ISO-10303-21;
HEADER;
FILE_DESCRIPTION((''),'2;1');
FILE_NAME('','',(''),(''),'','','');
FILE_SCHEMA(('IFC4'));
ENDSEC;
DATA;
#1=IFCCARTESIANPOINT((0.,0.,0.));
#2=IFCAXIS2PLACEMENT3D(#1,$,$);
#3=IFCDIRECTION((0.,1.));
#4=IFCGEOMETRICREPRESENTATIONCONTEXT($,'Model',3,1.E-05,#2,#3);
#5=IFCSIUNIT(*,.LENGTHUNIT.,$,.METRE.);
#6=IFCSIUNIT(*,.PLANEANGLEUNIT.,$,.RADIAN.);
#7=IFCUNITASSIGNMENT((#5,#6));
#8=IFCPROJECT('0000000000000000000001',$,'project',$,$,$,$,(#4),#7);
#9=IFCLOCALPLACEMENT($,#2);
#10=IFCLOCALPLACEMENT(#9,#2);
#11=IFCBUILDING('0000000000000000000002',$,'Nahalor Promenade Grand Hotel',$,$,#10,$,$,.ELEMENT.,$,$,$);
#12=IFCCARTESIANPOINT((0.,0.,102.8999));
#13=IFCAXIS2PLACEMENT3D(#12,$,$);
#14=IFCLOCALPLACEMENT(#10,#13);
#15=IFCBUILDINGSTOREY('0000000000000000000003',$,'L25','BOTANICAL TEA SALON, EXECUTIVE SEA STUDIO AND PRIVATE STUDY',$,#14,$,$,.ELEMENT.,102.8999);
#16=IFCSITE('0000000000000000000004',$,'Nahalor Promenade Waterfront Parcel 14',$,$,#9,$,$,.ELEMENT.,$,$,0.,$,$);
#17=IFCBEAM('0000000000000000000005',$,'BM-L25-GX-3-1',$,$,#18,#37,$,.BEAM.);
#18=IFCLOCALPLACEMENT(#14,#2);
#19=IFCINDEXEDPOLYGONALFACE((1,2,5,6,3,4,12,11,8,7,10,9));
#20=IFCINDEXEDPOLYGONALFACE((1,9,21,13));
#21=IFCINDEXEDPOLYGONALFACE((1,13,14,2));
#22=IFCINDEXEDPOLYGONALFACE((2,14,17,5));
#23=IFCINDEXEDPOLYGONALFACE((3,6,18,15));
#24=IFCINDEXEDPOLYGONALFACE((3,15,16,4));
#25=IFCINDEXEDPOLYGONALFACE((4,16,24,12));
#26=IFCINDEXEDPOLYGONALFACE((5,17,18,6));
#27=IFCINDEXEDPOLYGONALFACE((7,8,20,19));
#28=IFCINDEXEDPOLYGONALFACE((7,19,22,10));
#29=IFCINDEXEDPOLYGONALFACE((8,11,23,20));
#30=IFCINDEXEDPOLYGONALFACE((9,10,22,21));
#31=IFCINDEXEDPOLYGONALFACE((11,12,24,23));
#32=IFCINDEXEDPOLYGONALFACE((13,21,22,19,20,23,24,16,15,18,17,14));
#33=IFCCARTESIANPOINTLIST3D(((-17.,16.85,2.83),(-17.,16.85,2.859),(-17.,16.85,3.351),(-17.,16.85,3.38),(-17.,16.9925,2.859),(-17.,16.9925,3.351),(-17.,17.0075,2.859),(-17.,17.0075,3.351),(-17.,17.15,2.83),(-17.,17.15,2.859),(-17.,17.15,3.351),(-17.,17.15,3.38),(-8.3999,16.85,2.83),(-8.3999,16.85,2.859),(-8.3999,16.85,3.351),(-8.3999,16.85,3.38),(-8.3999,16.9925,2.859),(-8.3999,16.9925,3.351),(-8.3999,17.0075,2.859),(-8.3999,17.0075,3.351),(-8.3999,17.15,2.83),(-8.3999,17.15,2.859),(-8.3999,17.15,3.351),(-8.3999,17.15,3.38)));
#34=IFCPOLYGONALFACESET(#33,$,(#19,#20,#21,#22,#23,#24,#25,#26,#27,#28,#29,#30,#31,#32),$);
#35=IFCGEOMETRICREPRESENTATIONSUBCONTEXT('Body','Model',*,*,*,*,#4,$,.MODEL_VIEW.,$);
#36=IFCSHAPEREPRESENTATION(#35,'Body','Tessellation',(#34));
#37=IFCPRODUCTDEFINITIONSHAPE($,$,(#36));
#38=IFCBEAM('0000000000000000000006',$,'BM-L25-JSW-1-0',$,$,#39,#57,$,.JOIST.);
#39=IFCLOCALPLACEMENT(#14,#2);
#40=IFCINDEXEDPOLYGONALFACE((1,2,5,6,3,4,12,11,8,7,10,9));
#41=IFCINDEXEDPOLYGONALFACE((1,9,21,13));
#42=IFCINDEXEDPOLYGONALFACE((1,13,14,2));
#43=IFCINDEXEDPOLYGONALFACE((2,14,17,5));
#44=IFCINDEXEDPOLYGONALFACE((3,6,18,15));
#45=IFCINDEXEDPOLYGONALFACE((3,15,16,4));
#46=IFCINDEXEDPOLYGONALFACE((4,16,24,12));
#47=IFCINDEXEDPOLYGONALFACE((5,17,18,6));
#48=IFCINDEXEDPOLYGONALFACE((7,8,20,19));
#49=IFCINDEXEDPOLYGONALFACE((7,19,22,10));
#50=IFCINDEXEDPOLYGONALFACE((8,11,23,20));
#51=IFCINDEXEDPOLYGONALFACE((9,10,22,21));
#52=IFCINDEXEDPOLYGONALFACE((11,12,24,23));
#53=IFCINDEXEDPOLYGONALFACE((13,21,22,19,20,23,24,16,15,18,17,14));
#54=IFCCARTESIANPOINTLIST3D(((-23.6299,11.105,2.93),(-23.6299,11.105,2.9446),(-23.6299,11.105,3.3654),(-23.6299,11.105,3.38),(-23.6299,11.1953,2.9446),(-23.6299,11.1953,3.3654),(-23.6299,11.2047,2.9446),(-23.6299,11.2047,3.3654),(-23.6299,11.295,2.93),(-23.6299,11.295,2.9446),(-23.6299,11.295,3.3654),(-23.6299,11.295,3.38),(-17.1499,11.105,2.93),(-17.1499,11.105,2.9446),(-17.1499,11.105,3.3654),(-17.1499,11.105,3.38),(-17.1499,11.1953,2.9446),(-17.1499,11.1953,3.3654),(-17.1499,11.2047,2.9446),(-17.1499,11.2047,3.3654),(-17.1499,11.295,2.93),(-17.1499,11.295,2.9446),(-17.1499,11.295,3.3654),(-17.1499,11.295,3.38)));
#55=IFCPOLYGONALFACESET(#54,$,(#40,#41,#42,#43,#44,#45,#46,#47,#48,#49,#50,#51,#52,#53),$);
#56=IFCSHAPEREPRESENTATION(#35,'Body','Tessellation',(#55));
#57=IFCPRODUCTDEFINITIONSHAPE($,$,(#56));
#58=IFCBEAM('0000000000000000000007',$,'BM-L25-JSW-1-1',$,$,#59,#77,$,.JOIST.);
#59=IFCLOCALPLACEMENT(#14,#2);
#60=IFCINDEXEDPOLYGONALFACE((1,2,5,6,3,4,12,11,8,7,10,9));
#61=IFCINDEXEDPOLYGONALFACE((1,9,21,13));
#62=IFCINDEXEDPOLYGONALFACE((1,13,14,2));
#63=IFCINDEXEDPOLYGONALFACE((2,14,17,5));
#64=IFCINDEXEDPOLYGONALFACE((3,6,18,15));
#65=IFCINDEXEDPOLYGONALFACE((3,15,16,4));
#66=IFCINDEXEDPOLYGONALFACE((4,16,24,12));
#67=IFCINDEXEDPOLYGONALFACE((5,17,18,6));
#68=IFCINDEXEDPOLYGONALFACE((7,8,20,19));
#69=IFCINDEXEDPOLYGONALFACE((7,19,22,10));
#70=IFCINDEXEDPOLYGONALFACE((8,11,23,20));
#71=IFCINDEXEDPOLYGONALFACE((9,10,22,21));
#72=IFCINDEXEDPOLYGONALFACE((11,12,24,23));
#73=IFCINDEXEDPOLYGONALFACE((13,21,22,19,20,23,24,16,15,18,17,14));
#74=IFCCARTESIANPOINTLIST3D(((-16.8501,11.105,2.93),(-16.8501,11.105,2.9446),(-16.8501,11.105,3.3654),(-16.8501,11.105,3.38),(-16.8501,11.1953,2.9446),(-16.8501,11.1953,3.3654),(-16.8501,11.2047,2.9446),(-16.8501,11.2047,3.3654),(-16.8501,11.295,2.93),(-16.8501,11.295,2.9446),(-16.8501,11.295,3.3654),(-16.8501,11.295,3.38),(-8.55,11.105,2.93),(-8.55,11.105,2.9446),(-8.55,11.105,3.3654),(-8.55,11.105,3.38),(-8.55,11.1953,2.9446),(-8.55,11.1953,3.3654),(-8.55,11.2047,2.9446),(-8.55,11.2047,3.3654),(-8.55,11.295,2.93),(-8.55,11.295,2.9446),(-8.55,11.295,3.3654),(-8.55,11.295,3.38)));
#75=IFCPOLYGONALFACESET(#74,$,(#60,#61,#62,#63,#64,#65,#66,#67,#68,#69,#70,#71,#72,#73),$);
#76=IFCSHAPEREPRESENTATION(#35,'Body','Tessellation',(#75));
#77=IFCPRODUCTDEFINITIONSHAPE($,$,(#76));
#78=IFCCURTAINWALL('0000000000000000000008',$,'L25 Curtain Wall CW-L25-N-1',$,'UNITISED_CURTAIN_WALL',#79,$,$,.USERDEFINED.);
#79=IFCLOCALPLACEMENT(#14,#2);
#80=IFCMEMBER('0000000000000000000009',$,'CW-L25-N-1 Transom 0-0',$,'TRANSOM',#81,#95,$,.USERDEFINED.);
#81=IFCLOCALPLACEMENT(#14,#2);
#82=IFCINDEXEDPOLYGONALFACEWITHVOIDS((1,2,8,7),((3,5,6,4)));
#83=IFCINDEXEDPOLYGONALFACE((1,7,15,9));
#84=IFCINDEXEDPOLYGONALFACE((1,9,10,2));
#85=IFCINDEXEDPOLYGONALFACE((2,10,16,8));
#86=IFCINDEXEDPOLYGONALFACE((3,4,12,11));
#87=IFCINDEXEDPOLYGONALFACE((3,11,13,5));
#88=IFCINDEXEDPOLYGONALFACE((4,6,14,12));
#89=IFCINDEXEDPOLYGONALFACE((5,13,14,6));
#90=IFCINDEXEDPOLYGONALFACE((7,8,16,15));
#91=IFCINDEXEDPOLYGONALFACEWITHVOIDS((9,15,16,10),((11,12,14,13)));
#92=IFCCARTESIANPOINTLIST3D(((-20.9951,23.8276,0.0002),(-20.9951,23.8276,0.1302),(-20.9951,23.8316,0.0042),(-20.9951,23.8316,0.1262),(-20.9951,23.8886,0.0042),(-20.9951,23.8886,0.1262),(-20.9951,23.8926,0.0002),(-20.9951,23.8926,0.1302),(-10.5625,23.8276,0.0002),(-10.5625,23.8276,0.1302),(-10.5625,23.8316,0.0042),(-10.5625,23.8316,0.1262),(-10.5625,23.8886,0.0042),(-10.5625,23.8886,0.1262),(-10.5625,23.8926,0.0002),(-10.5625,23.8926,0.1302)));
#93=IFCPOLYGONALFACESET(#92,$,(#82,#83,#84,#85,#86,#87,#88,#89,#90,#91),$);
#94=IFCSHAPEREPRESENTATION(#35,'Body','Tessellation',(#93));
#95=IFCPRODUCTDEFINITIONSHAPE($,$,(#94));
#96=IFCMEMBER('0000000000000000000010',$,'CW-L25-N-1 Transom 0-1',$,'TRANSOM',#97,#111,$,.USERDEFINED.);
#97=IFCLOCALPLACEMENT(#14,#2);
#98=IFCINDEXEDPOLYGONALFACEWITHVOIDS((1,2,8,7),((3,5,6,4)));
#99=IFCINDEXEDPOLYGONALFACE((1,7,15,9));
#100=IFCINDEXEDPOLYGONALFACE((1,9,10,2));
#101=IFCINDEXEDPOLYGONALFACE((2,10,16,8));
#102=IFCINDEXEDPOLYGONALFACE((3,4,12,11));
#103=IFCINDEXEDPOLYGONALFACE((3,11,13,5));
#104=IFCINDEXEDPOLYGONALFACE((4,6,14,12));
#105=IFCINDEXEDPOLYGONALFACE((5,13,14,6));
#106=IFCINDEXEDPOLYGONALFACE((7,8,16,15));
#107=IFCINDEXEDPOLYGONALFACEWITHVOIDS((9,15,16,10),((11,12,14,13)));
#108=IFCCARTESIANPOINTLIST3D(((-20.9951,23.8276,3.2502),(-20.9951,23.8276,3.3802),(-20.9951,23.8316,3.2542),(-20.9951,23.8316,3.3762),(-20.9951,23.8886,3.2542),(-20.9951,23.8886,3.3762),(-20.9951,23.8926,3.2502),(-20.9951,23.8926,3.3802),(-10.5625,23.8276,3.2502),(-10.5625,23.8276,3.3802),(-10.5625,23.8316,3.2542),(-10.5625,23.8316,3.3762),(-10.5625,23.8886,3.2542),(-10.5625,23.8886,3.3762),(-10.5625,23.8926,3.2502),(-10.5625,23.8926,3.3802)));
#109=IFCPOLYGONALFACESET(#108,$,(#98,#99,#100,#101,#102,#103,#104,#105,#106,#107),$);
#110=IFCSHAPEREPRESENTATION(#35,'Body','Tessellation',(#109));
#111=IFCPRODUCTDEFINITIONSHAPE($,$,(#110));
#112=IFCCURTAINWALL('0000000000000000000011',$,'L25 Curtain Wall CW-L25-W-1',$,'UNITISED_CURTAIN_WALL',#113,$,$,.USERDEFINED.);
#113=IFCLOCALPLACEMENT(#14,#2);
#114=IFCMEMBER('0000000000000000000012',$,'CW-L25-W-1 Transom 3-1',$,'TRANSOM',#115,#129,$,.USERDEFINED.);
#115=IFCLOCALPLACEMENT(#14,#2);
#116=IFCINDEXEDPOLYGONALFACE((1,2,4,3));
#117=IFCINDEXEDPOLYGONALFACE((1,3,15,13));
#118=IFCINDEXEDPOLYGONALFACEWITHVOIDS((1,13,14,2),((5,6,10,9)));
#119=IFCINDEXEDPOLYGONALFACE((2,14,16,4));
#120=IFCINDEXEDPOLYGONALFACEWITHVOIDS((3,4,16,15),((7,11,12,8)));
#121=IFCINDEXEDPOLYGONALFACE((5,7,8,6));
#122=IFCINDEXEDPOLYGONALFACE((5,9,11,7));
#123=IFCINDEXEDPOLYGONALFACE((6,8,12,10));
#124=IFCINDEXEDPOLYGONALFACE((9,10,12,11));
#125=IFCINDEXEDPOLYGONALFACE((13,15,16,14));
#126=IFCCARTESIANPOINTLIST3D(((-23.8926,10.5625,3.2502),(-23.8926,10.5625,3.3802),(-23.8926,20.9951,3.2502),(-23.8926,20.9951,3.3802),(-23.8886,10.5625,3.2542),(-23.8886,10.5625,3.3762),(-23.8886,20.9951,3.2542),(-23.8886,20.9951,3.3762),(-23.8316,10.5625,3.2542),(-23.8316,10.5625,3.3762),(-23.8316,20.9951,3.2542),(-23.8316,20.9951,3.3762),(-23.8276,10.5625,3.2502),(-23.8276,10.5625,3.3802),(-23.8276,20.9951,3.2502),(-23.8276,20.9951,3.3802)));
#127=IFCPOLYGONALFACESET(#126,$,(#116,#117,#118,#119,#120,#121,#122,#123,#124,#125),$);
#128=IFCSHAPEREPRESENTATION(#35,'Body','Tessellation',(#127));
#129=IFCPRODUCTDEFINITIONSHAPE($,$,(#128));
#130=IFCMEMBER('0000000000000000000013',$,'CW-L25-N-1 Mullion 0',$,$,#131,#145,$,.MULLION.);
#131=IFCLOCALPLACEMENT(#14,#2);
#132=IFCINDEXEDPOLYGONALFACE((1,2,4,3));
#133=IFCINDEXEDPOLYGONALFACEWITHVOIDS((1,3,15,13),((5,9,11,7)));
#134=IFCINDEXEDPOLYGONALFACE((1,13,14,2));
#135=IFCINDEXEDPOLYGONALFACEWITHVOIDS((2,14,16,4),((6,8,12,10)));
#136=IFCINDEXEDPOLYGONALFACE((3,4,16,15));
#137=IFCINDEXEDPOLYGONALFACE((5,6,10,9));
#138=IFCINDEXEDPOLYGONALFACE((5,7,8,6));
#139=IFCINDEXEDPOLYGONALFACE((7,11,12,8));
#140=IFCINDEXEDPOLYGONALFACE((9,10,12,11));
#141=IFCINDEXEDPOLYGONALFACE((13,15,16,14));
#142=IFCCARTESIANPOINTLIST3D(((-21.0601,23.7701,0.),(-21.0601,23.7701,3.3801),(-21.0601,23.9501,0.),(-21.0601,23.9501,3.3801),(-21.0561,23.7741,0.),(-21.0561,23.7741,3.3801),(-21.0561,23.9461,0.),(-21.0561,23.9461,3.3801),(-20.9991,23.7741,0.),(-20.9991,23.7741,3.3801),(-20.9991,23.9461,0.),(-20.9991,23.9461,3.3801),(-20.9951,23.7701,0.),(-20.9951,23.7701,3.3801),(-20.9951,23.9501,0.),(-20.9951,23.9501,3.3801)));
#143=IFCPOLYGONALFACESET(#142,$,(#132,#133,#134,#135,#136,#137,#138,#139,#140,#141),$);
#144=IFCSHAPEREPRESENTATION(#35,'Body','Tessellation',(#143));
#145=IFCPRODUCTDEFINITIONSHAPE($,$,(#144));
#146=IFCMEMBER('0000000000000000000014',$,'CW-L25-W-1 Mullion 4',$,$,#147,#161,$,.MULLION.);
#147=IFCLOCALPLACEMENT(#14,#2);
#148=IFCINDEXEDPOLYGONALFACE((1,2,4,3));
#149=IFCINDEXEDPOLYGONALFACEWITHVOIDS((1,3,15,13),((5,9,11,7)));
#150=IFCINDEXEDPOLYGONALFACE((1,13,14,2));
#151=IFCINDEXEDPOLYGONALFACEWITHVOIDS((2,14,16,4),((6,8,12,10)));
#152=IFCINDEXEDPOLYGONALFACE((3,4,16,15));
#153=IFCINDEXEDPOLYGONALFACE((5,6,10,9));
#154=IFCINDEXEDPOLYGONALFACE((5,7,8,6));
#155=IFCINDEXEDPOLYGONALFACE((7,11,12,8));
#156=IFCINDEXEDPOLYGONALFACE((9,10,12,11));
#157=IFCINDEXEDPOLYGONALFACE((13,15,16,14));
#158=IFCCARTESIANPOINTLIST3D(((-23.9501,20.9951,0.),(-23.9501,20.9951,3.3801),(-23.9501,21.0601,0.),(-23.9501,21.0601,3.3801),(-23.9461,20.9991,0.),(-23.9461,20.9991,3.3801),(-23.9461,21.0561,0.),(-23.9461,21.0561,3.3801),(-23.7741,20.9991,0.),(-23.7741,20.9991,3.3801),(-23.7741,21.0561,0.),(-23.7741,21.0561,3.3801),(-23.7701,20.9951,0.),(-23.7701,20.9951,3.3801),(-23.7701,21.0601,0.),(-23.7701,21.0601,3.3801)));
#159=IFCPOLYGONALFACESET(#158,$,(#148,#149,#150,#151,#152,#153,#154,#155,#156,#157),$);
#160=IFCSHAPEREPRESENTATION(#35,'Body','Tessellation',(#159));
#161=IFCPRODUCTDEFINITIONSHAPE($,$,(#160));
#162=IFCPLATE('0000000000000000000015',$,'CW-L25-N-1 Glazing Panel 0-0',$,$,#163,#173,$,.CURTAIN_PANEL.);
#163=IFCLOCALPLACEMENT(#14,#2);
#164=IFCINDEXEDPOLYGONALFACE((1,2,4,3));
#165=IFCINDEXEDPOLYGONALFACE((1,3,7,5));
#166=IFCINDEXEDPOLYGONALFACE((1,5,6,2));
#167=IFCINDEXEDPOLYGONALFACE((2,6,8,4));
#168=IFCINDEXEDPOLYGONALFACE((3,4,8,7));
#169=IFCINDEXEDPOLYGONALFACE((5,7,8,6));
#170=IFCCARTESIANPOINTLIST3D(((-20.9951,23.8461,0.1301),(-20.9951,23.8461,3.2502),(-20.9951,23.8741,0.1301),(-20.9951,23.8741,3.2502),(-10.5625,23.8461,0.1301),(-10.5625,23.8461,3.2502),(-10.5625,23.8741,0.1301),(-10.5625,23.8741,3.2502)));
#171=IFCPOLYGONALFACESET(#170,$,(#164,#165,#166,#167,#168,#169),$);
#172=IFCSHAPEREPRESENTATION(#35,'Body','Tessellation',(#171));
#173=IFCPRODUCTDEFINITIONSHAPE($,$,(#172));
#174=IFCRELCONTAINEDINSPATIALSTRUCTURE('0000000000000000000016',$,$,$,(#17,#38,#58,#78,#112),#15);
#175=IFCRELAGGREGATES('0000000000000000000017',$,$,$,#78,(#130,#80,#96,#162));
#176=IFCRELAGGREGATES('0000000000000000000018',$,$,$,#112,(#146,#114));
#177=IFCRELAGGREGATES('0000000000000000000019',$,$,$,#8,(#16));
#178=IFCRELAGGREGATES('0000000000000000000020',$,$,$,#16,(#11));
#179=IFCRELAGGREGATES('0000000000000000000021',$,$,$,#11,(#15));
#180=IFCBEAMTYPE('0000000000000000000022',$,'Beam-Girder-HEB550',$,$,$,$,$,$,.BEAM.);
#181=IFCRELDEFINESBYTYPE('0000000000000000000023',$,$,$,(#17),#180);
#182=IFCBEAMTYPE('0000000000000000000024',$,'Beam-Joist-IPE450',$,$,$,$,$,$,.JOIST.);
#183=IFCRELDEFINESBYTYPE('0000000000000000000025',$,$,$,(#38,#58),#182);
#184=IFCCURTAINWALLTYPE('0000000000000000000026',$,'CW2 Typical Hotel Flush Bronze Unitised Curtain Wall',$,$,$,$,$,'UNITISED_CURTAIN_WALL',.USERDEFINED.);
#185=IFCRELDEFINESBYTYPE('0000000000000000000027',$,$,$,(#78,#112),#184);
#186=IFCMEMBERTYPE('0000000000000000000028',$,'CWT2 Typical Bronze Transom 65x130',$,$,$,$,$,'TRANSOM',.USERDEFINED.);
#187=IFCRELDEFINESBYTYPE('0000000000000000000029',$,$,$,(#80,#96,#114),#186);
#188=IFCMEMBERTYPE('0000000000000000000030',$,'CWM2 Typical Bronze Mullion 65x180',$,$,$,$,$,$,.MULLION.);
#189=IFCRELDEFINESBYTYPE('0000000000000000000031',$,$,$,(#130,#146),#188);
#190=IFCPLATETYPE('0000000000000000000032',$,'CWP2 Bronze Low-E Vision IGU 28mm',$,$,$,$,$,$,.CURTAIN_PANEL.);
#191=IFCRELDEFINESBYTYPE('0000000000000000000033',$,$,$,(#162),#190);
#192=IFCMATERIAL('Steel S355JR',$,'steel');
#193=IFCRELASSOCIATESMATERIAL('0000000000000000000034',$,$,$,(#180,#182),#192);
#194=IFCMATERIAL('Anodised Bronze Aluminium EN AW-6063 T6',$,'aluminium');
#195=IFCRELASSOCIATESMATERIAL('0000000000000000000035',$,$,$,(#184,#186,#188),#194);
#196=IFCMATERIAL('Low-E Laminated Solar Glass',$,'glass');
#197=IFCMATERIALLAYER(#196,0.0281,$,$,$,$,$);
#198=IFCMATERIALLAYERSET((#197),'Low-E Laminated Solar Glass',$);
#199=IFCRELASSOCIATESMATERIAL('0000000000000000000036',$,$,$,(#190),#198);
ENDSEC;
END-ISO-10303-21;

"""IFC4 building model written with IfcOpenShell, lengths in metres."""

from ifc_helpers import new_model, si_unit, direction, frame, origin, origin_2d, place, context, subcontext, project, spatial, rectangle, hollow_rectangle, i_section, extrude, source, transform, mapped, material, layer, layer_set, material_profile, profile_set, type_object, element, aggregate, save


model = new_model("IFC4")

# Units and contexts
model_context = context("Model", 3, precision=1e-05, world=origin(), true_north=direction((0.0, 1.0)))
body_context = subcontext(model_context, "Body", "Model", "MODEL_VIEW")
ifc_project = project(units=[si_unit("LENGTHUNIT", "METRE"), si_unit("PLANEANGLEUNIT", "RADIAN")], contexts=[model_context])

# Site, building, storey
site_placement = place(None, origin())
site = spatial("IfcSite", under=ifc_project, at=site_placement, Name="Nahalor Promenade Waterfront Parcel 14", CompositionType="ELEMENT", RefElevation=0.0)
building_placement = place(site_placement, origin())
building = spatial("IfcBuilding", under=site, at=building_placement, Name="Nahalor Promenade Grand Hotel", CompositionType="ELEMENT")
storey_placement = place(building_placement, frame((0.0, 0.0, 102.8999)))
storey = spatial("IfcBuildingStorey", under=building, at=storey_placement, Name="L25", Description="BOTANICAL TEA SALON, EXECUTIVE SEA STUDIO AND PRIVATE STUDY", CompositionType="ELEMENT", Elevation=102.8999)

# Beams
ifc_material_1 = material(Name="Steel S355JR", Category="steel")
ifc_material_profile_1 = material_profile(ifc_material_1, i_section(OverallWidth=0.3, OverallDepth=0.55, WebThickness=0.015, FlangeThickness=0.029, at=origin_2d()), Name="HEB 550")
ifc_profile_set_1 = profile_set([ifc_material_profile_1], Name="Steel S355JR")
beam_type_1 = type_object("IfcBeamType", Name="Beam-Girder-HEB550", PredefinedType="BEAM", material=ifc_profile_set_1)
shared_shape_1 = source(origin(), body_context, "Body", "SweptSolid", [
    extrude(i_section(OverallWidth=0.3, OverallDepth=0.55, WebThickness=0.015, FlangeThickness=0.029, at=origin_2d()), origin(), (0.0, 0.0, 1.0), 8.6001),
])
beam_1_placement = place(storey_placement, frame((-17.0, 17.0, 3.105), z_axis=(1.0, 0.0, 0.0), x_axis=(0.0, 1.0, 0.0)))
element("IfcBeam", 1, at=beam_1_placement, inside=storey, type_object=beam_type_1, Name="BM-L25-GX-3-1", PredefinedType="BEAM", context=body_context, shape_type="MappedRepresentation", body=[
    mapped(shared_shape_1, transform((0.0, 0.0, 0.0), scale=1.0)),
])
ifc_material_profile_2 = material_profile(ifc_material_1, i_section(OverallWidth=0.19, OverallDepth=0.45, WebThickness=0.0094, FlangeThickness=0.0146, at=origin_2d()), Name="IPE 450")
ifc_profile_set_2 = profile_set([ifc_material_profile_2], Name="Steel S355JR")
beam_type_2 = type_object("IfcBeamType", Name="Beam-Joist-IPE450", PredefinedType="JOIST", material=ifc_profile_set_2)
shared_shape_2 = source(origin(), body_context, "Body", "SweptSolid", [
    extrude(i_section(OverallWidth=0.19, OverallDepth=0.45, WebThickness=0.0094, FlangeThickness=0.0146, at=origin_2d()), origin(), (0.0, 0.0, 1.0), 6.48),
])
beam_2_placement = place(storey_placement, frame((-23.6299, 11.2, 3.155), z_axis=(1.0, 0.0, 0.0), x_axis=(0.0, 1.0, 0.0)))
element("IfcBeam", 2, at=beam_2_placement, inside=storey, type_object=beam_type_2, Name="BM-L25-JSW-1-0", PredefinedType="JOIST", context=body_context, shape_type="MappedRepresentation", body=[
    mapped(shared_shape_2, transform((0.0, 0.0, 0.0), scale=1.0)),
])
shared_shape_3 = source(origin(), body_context, "Body", "SweptSolid", [
    extrude(i_section(OverallWidth=0.19, OverallDepth=0.45, WebThickness=0.0094, FlangeThickness=0.0146, at=origin_2d()), origin(), (0.0, 0.0, 1.0), 8.3),
])
beam_3_placement = place(storey_placement, frame((-16.8501, 11.2, 3.155), z_axis=(1.0, 0.0, 0.0), x_axis=(0.0, 1.0, 0.0)))
element("IfcBeam", 3, at=beam_3_placement, inside=storey, type_object=beam_type_2, Name="BM-L25-JSW-1-1", PredefinedType="JOIST", context=body_context, shape_type="MappedRepresentation", body=[
    mapped(shared_shape_3, transform((0.0, 0.0, 0.0), scale=1.0)),
])

# Curtain wall, members
ifc_material_2 = material(Name="Anodised Bronze Aluminium EN AW-6063 T6", Category="aluminium")
curtain_wall_type = type_object("IfcCurtainWallType", Name="CW2 Typical Hotel Flush Bronze Unitised Curtain Wall", ElementType="UNITISED_CURTAIN_WALL", PredefinedType="USERDEFINED", material=ifc_material_2)
curtain_wall_1_placement = place(storey_placement, origin())
curtain_wall_1 = element("IfcCurtainWall", 4, at=curtain_wall_1_placement, inside=storey, type_object=curtain_wall_type, Name="L25 Curtain Wall CW-L25-N-1", ObjectType="UNITISED_CURTAIN_WALL", PredefinedType="USERDEFINED")
ifc_material_profile_3 = material_profile(ifc_material_2, hollow_rectangle(XDim=0.065, YDim=0.13, WallThickness=0.004, at=origin_2d()), Name="CWT 65x130x4")
ifc_profile_set_3 = profile_set([ifc_material_profile_3], Name="Anodised Bronze Aluminium EN AW-6063 T6")
member_type_1 = type_object("IfcMemberType", Name="CWT2 Typical Bronze Transom 65x130", ElementType="TRANSOM", PredefinedType="USERDEFINED", material=ifc_profile_set_3)
shared_shape_4 = source(origin(), body_context, "Body", "SweptSolid", [
    extrude(hollow_rectangle(XDim=0.065, YDim=0.13, WallThickness=0.004, at=origin_2d()), origin(), (0.0, 0.0, 1.0), 10.4326),
])
member_1_placement = place(storey_placement, frame((-20.9951, 23.8601, 0.0652), z_axis=(1.0, 0.0, 0.0), x_axis=(0.0, 1.0, 0.0)))
member_1 = element("IfcMember", 5, at=member_1_placement, type_object=member_type_1, Name="CW-L25-N-1 Transom 0-0", ObjectType="TRANSOM", PredefinedType="USERDEFINED", context=body_context, shape_type="MappedRepresentation", body=[
    mapped(shared_shape_4, transform((0.0, 0.0, 0.0), scale=1.0)),
])
member_2_placement = place(storey_placement, frame((-20.9951, 23.8601, 3.3152), z_axis=(1.0, 0.0, 0.0), x_axis=(0.0, 1.0, 0.0)))
member_2 = element("IfcMember", 6, at=member_2_placement, type_object=member_type_1, Name="CW-L25-N-1 Transom 0-1", ObjectType="TRANSOM", PredefinedType="USERDEFINED", context=body_context, shape_type="MappedRepresentation", body=[
    mapped(shared_shape_4, transform((0.0, 0.0, 0.0), scale=1.0)),
])

# Curtain wall, member
curtain_wall_2_placement = place(storey_placement, origin())
curtain_wall_2 = element("IfcCurtainWall", 7, at=curtain_wall_2_placement, inside=storey, type_object=curtain_wall_type, Name="L25 Curtain Wall CW-L25-W-1", ObjectType="UNITISED_CURTAIN_WALL", PredefinedType="USERDEFINED")
member_3_placement = place(storey_placement, frame((-23.8601, 10.5625, 3.3152), z_axis=(0.0, 1.0, 0.0), x_axis=(-1.0, 0.0, 0.0)))
member_3 = element("IfcMember", 8, at=member_3_placement, type_object=member_type_1, Name="CW-L25-W-1 Transom 3-1", ObjectType="TRANSOM", PredefinedType="USERDEFINED", context=body_context, shape_type="MappedRepresentation", body=[
    mapped(shared_shape_4, transform((0.0, 0.0, 0.0), scale=1.0)),
])

# Members
ifc_material_profile_4 = material_profile(ifc_material_2, hollow_rectangle(XDim=0.065, YDim=0.18, WallThickness=0.004, at=origin_2d()), Name="CWM 65x180x4")
ifc_profile_set_4 = profile_set([ifc_material_profile_4], Name="Anodised Bronze Aluminium EN AW-6063 T6")
member_type_2 = type_object("IfcMemberType", Name="CWM2 Typical Bronze Mullion 65x180", PredefinedType="MULLION", material=ifc_profile_set_4)
shared_shape_5 = source(origin(), body_context, "Body", "SweptSolid", [
    extrude(hollow_rectangle(XDim=0.065, YDim=0.18, WallThickness=0.004, at=origin_2d()), origin(), (0.0, 0.0, 1.0), 3.3801),
])
member_4_placement = place(storey_placement, frame((-21.0276, 23.8601, 0.0), z_axis=(0.0, 0.0, 1.0), x_axis=(1.0, 0.0, 0.0)))
member_4 = element("IfcMember", 9, at=member_4_placement, type_object=member_type_2, Name="CW-L25-N-1 Mullion 0", PredefinedType="MULLION", context=body_context, shape_type="MappedRepresentation", body=[
    mapped(shared_shape_5, transform((0.0, 0.0, 0.0), scale=1.0)),
])
member_5_placement = place(storey_placement, frame((-23.8601, 21.0276, 0.0), z_axis=(0.0, 0.0, 1.0), x_axis=(0.0, 1.0, 0.0)))
member_5 = element("IfcMember", 10, at=member_5_placement, type_object=member_type_2, Name="CW-L25-W-1 Mullion 4", PredefinedType="MULLION", context=body_context, shape_type="MappedRepresentation", body=[
    mapped(shared_shape_5, transform((0.0, 0.0, 0.0), scale=1.0)),
])

# Plate
ifc_material_3 = material(Name="Low-E Laminated Solar Glass", Category="glass")
ifc_layer_1 = layer(ifc_material_3, 0.0281)
ifc_layer_set_1 = layer_set([ifc_layer_1], Name="Low-E Laminated Solar Glass")
plate_type = type_object("IfcPlateType", Name="CWP2 Bronze Low-E Vision IGU 28mm", PredefinedType="CURTAIN_PANEL", material=ifc_layer_set_1)
shared_shape_6 = source(origin(), body_context, "Body", "SweptSolid", [
    extrude(rectangle(XDim=10.4326, YDim=0.0281, at=origin_2d()), origin(), (0.0, 0.0, 1.0), 3.1201),
])
plate_1_placement = place(storey_placement, frame((-15.7788, 23.8601, 0.1301), z_axis=(0.0, 0.0, 1.0), x_axis=(1.0, 0.0, 0.0)))
plate_1 = element("IfcPlate", 11, at=plate_1_placement, type_object=plate_type, Name="CW-L25-N-1 Glazing Panel 0-0", PredefinedType="CURTAIN_PANEL", context=body_context, shape_type="MappedRepresentation", body=[
    mapped(shared_shape_6, transform((0.0, 0.0, 0.0), scale=1.0)),
])
aggregate(curtain_wall_1, [member_4, member_1, member_2, plate_1])
aggregate(curtain_wall_2, [member_5, member_3])

save(model, "model.ifc")
